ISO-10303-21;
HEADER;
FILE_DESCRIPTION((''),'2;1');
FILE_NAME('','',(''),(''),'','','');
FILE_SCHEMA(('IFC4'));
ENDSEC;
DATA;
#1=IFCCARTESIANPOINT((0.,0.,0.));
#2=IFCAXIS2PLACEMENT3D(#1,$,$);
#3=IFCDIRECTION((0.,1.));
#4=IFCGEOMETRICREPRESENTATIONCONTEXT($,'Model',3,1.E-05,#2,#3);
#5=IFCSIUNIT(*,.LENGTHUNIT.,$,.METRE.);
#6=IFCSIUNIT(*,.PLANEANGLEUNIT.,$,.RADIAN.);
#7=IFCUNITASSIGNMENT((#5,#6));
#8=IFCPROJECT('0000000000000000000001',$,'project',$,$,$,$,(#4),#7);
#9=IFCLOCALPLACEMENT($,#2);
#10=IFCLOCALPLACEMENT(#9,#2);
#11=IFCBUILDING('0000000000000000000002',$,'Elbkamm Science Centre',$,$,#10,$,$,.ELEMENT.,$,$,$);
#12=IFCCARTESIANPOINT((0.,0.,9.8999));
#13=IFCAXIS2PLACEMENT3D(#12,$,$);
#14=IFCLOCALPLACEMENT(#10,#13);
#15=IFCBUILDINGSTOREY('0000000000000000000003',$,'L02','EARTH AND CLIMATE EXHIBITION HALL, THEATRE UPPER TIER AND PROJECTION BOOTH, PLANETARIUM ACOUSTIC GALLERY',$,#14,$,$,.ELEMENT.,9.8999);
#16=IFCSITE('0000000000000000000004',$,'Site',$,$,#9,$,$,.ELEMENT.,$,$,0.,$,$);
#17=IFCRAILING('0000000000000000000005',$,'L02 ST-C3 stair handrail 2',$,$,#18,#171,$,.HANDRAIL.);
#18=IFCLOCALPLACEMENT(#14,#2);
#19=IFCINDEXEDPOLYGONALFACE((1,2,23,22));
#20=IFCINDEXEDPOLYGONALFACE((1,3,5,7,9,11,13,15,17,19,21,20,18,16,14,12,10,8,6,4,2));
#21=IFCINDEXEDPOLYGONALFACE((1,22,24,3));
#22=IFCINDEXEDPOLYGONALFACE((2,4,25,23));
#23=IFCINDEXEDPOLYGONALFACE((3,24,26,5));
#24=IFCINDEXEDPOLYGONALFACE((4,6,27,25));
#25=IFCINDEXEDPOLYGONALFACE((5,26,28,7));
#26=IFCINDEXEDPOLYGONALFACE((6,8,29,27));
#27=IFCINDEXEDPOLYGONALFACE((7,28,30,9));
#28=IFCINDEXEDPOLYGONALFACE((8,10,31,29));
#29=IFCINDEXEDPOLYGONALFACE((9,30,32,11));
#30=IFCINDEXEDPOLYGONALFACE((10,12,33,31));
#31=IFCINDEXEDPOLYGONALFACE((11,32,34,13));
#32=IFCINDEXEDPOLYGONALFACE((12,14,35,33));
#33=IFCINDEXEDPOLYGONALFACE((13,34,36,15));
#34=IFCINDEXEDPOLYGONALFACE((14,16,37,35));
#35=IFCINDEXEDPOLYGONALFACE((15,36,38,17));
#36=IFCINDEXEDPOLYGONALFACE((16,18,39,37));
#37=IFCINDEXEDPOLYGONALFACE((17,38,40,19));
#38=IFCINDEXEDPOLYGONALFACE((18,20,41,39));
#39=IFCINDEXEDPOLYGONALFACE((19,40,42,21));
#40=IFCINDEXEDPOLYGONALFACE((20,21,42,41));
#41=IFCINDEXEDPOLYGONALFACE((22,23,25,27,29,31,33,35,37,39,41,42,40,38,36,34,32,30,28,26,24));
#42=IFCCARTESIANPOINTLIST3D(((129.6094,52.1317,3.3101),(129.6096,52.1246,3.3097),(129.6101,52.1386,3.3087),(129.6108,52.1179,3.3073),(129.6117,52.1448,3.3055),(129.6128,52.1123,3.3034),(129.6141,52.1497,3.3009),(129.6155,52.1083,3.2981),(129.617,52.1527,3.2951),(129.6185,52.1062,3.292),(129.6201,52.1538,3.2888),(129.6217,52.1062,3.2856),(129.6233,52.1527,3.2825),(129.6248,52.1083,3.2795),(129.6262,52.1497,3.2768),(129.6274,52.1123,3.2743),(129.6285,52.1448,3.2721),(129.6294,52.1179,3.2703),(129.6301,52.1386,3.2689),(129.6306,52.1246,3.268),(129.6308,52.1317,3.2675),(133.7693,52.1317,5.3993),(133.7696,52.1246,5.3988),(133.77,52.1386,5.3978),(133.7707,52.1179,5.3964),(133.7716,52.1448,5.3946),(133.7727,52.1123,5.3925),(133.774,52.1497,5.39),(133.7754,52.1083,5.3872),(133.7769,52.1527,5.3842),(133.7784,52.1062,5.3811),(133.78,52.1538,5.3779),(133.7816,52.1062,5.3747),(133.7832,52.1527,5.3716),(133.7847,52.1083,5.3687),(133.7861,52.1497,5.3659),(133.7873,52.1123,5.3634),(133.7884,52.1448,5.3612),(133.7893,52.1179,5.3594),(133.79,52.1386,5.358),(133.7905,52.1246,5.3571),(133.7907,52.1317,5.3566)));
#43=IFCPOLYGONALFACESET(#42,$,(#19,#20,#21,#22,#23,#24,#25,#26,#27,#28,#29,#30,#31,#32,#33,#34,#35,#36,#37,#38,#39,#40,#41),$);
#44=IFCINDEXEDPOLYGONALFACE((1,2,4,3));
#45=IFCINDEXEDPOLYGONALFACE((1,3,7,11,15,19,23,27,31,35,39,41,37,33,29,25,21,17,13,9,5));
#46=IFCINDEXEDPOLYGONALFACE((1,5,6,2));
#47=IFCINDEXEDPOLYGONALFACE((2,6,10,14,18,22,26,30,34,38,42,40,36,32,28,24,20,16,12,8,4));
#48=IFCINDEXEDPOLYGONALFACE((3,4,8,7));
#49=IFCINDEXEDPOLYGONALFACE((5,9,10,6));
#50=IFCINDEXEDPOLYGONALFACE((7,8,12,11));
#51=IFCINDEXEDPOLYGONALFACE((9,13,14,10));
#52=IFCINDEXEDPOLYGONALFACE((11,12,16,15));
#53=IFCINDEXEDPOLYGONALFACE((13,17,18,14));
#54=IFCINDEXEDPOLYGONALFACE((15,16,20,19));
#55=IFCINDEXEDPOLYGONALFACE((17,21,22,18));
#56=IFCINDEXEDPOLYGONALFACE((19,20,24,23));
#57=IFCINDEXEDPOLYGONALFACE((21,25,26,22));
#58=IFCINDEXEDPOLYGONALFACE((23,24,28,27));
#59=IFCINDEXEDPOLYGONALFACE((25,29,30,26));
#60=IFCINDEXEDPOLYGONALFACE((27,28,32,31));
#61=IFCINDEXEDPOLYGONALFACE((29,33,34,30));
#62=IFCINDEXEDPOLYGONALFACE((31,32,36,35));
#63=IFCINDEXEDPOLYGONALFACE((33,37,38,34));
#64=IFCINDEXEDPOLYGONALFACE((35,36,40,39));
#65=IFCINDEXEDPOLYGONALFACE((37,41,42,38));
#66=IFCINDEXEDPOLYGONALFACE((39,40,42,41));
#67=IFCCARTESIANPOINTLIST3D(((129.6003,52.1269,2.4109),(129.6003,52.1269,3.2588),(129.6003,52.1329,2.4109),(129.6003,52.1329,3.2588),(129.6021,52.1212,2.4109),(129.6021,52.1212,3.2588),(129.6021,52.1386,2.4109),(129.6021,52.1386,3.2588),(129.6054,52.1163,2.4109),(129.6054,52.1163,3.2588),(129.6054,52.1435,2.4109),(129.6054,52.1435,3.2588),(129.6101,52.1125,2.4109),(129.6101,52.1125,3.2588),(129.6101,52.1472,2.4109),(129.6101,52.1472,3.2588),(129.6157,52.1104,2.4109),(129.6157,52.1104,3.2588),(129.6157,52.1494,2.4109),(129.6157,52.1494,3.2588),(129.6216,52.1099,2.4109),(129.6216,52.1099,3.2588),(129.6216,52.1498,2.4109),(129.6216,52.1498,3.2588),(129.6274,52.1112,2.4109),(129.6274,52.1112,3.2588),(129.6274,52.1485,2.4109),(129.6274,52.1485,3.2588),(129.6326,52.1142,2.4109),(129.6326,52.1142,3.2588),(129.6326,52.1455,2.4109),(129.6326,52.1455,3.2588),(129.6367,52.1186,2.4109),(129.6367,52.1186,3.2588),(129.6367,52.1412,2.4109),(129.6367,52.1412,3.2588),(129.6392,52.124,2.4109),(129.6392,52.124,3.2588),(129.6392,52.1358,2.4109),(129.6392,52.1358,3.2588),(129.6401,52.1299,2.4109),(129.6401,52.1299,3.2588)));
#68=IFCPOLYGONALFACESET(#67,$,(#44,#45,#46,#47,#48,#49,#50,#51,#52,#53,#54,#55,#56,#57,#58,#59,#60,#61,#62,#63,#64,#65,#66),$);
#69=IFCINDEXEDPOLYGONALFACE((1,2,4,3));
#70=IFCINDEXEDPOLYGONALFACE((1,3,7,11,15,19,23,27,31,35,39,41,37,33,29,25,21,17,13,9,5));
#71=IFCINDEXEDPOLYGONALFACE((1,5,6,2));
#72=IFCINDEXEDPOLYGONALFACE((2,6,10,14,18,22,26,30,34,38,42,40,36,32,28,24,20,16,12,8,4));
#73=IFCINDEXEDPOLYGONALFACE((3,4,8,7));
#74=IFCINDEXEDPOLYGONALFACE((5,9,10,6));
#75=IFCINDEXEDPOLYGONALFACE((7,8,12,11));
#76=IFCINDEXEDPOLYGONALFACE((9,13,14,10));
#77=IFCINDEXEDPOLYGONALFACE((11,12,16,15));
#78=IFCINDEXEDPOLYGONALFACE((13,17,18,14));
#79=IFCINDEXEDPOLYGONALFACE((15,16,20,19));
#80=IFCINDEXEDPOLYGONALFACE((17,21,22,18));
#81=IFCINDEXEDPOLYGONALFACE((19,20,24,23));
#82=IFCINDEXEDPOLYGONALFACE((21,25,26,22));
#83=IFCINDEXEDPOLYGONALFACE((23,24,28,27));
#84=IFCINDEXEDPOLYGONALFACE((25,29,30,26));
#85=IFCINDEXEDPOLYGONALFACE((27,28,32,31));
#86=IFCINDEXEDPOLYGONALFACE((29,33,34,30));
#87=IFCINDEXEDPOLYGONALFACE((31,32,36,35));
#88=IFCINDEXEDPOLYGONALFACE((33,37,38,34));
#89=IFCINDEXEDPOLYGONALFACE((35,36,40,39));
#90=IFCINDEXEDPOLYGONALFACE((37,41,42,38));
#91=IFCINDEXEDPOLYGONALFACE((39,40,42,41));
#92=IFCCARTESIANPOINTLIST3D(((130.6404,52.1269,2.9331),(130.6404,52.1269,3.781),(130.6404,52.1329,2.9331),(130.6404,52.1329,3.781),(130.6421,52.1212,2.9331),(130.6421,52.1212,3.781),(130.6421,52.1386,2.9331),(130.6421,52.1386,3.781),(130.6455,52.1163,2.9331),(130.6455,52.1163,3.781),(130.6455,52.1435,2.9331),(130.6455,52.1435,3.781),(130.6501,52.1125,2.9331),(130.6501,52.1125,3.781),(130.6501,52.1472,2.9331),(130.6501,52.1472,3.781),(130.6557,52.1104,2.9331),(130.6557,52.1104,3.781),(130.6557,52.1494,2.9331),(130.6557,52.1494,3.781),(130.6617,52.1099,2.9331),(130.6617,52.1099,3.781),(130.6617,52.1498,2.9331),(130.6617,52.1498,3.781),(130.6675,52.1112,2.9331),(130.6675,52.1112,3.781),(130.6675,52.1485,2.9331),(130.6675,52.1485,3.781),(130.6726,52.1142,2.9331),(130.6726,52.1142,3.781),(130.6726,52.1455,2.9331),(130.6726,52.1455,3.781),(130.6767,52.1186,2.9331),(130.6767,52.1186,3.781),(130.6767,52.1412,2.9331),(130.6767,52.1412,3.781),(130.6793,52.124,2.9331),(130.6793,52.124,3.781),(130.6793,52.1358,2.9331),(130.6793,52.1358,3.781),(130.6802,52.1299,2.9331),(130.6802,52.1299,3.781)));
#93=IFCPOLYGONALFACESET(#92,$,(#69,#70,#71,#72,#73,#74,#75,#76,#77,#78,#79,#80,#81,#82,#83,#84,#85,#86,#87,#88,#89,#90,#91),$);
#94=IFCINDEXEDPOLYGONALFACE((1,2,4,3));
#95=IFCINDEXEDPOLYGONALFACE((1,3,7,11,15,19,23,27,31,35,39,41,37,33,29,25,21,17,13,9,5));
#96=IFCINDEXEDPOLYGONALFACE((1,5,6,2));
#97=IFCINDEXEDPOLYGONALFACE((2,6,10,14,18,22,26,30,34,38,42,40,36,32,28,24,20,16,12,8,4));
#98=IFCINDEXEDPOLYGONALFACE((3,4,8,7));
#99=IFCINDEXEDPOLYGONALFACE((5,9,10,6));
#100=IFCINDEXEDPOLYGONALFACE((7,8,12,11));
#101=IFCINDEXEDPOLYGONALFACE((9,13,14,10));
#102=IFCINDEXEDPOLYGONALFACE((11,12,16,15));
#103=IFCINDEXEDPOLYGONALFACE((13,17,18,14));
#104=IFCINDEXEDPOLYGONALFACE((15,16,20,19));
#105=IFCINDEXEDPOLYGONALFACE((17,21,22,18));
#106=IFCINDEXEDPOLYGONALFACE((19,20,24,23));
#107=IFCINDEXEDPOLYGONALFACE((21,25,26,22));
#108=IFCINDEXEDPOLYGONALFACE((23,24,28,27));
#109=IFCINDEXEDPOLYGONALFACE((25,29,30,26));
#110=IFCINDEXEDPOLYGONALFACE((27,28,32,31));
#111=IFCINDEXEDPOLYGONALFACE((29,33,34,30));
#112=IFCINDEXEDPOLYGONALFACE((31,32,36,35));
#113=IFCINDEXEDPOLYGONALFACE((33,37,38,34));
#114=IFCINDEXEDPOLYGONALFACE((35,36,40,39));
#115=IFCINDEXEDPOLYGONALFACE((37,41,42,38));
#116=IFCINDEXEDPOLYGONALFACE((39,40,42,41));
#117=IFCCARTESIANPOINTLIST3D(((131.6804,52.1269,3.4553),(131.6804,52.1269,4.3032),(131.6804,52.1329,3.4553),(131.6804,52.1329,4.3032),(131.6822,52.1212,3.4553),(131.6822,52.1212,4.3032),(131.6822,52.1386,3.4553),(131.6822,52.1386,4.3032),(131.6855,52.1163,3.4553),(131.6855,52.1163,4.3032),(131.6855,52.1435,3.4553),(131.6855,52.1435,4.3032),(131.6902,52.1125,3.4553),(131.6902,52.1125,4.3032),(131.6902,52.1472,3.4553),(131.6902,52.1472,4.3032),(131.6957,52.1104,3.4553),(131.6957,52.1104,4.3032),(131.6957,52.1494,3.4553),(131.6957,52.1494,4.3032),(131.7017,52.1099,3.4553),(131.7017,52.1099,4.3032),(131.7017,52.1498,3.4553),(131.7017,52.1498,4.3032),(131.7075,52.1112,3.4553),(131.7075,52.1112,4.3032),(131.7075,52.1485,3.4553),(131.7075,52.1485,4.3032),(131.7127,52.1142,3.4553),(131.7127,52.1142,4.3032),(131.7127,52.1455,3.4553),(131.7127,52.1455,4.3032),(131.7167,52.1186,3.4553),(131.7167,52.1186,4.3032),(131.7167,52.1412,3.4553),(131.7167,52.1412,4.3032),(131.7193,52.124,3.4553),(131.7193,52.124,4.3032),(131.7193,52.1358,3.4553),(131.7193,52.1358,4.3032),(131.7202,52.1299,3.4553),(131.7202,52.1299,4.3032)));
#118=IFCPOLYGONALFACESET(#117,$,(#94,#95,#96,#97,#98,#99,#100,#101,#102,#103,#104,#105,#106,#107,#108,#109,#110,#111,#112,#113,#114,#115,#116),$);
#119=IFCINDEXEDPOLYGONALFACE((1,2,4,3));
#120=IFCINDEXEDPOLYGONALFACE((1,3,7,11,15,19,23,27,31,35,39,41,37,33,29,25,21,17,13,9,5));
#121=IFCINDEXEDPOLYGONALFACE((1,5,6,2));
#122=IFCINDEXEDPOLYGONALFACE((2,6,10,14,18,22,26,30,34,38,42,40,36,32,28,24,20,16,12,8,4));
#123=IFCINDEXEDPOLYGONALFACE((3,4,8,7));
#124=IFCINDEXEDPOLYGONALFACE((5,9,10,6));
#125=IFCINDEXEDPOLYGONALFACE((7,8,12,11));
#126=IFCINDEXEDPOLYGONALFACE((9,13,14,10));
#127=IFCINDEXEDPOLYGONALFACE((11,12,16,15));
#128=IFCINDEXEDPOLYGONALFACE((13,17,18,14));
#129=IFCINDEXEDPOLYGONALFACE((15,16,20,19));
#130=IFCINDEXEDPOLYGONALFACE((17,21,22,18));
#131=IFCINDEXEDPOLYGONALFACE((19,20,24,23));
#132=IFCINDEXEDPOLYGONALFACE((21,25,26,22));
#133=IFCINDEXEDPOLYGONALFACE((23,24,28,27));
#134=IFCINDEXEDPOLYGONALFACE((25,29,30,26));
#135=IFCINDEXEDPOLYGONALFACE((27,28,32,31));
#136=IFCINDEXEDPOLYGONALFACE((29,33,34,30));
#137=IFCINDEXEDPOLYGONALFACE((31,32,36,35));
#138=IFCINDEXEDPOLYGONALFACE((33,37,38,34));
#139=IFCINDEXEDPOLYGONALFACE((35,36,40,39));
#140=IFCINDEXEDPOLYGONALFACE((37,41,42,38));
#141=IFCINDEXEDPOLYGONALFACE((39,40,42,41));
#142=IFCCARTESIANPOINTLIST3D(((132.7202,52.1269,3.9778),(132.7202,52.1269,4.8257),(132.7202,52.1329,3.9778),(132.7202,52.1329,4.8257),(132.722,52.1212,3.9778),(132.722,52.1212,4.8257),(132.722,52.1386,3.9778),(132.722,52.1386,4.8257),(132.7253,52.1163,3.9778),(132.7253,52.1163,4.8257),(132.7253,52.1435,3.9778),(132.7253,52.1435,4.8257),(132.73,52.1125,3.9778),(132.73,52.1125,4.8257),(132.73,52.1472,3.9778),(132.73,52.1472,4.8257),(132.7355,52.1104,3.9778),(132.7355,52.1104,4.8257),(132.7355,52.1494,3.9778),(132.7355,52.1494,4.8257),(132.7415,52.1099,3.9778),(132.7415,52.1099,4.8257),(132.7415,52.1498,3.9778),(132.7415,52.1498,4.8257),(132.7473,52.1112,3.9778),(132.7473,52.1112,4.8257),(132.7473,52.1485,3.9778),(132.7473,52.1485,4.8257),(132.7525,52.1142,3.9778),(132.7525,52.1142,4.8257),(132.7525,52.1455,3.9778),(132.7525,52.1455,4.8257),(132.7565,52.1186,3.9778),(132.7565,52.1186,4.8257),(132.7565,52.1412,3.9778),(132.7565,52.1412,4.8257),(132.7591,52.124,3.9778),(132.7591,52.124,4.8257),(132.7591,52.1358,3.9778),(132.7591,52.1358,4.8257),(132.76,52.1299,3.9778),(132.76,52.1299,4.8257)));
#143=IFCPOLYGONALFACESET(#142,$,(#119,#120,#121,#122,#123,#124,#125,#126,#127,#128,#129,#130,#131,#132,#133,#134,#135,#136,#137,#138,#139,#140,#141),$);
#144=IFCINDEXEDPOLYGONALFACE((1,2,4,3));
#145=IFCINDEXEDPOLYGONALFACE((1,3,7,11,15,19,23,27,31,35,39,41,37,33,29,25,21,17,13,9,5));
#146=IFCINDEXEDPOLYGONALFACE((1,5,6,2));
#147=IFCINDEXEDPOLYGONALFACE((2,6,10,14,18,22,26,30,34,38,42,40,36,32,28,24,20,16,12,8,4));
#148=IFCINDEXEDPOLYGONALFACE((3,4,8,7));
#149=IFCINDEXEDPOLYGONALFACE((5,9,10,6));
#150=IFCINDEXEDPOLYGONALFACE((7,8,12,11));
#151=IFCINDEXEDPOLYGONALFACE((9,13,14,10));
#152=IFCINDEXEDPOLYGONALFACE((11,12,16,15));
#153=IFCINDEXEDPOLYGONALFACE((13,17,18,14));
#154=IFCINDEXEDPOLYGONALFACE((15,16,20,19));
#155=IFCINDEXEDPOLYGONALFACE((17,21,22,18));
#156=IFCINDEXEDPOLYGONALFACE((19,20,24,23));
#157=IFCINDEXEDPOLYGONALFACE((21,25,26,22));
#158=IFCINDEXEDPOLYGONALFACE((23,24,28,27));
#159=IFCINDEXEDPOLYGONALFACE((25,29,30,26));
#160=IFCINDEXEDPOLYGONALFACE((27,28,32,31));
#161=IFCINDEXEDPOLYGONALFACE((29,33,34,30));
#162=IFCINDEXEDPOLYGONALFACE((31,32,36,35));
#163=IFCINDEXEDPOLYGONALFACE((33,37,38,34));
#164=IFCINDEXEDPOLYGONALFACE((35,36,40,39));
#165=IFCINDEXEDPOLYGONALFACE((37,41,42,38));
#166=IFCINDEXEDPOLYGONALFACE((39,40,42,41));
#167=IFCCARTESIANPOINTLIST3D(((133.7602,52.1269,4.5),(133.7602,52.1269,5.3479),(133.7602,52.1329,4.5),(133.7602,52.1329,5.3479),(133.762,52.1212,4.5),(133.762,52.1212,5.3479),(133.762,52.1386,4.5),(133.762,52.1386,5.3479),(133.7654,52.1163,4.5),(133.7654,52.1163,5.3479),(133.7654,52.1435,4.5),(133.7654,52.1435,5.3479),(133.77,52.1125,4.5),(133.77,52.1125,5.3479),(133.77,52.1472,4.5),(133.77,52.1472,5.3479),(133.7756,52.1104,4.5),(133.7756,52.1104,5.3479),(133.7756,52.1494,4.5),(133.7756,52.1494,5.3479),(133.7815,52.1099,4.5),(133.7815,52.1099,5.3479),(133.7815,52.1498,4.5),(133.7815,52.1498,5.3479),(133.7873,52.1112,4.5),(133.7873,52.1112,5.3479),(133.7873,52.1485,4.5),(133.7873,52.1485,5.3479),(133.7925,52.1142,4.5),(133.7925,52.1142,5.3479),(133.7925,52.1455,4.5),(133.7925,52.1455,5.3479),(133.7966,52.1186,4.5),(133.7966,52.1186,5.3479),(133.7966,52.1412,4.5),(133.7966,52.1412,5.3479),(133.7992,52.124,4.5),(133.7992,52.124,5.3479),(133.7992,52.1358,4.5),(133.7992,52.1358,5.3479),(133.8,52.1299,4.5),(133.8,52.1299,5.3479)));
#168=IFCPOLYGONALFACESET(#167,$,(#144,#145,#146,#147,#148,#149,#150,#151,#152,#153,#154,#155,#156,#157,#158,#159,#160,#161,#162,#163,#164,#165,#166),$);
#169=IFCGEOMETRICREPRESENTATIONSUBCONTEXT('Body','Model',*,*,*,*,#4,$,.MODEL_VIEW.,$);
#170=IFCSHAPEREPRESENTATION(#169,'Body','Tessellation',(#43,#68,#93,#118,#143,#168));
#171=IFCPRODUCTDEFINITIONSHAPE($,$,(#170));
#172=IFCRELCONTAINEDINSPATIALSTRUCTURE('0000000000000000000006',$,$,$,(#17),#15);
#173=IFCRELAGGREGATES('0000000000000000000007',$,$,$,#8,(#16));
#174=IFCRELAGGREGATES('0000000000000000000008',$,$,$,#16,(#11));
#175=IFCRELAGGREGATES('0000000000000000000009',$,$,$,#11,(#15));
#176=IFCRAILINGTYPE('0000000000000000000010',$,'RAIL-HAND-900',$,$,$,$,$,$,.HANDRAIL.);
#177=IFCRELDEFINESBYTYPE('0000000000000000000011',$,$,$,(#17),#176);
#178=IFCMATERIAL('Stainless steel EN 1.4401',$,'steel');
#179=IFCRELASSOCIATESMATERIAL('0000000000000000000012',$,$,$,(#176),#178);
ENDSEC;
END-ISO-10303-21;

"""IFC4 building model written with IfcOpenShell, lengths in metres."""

from ifc_helpers import new_model, si_unit, direction, frame, origin, origin_2d, place, context, subcontext, project, spatial, circle, extrude, material, type_object, element, save


model = new_model("IFC4")

# Units and contexts
model_context = context("Model", 3, precision=1e-05, world=origin(), true_north=direction((0.0, 1.0)))
body_context = subcontext(model_context, "Body", "Model", "MODEL_VIEW")
ifc_project = project(units=[si_unit("LENGTHUNIT", "METRE"), si_unit("PLANEANGLEUNIT", "RADIAN")], contexts=[model_context])

# Site, building, storey
site_placement = place(None, origin())
site = spatial("IfcSite", under=ifc_project, at=site_placement, Name="Site", CompositionType="ELEMENT", RefElevation=0.0)
building_placement = place(site_placement, origin())
building = spatial("IfcBuilding", under=site, at=building_placement, Name="Elbkamm Science Centre", CompositionType="ELEMENT")
storey_placement = place(building_placement, frame((0.0, 0.0, 9.8999)))
storey = spatial("IfcBuildingStorey", under=building, at=storey_placement, Name="L02", Description="EARTH AND CLIMATE EXHIBITION HALL, THEATRE UPPER TIER AND PROJECTION BOOTH, PLANETARIUM ACOUSTIC GALLERY", CompositionType="ELEMENT", Elevation=9.8999)

# Railing
ifc_material_1 = material(Name="Stainless steel EN 1.4401", Category="steel")
railing_type_1 = type_object("IfcRailingType", Name="RAIL-HAND-900", PredefinedType="HANDRAIL", material=ifc_material_1)
railing_1_placement = place(storey_placement, frame((129.6201, 52.1299, 2.4109)))
element("IfcRailing", 1, at=railing_1_placement, inside=storey, type_object=railing_type_1, Name="L02 ST-C3 stair handrail 2", PredefinedType="HANDRAIL", context=body_context, shape_type="SweptSolid", body=[
    extrude(circle(Radius=0.0239, at=origin_2d()), frame((0.0, 0.0, 0.8779), z_axis=(0.893639, 0.0, 0.448786), x_axis=(0.0, 1.0, 0.0)), (0.0, 0.0, 1.0), 4.655),
    extrude(circle(Radius=0.02, at=origin_2d()), origin(), (0.0, 0.0, 1.0), 0.8479),
    extrude(circle(Radius=0.02, at=origin_2d()), frame((1.04, 0.0, 0.5222)), (0.0, 0.0, 1.0), 0.8479),
    extrude(circle(Radius=0.02, at=origin_2d()), frame((2.0801, 0.0, 1.0444)), (0.0, 0.0, 1.0), 0.8479),
    extrude(circle(Radius=0.02, at=origin_2d()), frame((3.1199, 0.0, 1.5669)), (0.0, 0.0, 1.0), 0.8479),
    extrude(circle(Radius=0.02, at=origin_2d()), frame((4.1599, 0.0, 2.0891)), (0.0, 0.0, 1.0), 0.8479),
])

save(model, "model.ifc")
